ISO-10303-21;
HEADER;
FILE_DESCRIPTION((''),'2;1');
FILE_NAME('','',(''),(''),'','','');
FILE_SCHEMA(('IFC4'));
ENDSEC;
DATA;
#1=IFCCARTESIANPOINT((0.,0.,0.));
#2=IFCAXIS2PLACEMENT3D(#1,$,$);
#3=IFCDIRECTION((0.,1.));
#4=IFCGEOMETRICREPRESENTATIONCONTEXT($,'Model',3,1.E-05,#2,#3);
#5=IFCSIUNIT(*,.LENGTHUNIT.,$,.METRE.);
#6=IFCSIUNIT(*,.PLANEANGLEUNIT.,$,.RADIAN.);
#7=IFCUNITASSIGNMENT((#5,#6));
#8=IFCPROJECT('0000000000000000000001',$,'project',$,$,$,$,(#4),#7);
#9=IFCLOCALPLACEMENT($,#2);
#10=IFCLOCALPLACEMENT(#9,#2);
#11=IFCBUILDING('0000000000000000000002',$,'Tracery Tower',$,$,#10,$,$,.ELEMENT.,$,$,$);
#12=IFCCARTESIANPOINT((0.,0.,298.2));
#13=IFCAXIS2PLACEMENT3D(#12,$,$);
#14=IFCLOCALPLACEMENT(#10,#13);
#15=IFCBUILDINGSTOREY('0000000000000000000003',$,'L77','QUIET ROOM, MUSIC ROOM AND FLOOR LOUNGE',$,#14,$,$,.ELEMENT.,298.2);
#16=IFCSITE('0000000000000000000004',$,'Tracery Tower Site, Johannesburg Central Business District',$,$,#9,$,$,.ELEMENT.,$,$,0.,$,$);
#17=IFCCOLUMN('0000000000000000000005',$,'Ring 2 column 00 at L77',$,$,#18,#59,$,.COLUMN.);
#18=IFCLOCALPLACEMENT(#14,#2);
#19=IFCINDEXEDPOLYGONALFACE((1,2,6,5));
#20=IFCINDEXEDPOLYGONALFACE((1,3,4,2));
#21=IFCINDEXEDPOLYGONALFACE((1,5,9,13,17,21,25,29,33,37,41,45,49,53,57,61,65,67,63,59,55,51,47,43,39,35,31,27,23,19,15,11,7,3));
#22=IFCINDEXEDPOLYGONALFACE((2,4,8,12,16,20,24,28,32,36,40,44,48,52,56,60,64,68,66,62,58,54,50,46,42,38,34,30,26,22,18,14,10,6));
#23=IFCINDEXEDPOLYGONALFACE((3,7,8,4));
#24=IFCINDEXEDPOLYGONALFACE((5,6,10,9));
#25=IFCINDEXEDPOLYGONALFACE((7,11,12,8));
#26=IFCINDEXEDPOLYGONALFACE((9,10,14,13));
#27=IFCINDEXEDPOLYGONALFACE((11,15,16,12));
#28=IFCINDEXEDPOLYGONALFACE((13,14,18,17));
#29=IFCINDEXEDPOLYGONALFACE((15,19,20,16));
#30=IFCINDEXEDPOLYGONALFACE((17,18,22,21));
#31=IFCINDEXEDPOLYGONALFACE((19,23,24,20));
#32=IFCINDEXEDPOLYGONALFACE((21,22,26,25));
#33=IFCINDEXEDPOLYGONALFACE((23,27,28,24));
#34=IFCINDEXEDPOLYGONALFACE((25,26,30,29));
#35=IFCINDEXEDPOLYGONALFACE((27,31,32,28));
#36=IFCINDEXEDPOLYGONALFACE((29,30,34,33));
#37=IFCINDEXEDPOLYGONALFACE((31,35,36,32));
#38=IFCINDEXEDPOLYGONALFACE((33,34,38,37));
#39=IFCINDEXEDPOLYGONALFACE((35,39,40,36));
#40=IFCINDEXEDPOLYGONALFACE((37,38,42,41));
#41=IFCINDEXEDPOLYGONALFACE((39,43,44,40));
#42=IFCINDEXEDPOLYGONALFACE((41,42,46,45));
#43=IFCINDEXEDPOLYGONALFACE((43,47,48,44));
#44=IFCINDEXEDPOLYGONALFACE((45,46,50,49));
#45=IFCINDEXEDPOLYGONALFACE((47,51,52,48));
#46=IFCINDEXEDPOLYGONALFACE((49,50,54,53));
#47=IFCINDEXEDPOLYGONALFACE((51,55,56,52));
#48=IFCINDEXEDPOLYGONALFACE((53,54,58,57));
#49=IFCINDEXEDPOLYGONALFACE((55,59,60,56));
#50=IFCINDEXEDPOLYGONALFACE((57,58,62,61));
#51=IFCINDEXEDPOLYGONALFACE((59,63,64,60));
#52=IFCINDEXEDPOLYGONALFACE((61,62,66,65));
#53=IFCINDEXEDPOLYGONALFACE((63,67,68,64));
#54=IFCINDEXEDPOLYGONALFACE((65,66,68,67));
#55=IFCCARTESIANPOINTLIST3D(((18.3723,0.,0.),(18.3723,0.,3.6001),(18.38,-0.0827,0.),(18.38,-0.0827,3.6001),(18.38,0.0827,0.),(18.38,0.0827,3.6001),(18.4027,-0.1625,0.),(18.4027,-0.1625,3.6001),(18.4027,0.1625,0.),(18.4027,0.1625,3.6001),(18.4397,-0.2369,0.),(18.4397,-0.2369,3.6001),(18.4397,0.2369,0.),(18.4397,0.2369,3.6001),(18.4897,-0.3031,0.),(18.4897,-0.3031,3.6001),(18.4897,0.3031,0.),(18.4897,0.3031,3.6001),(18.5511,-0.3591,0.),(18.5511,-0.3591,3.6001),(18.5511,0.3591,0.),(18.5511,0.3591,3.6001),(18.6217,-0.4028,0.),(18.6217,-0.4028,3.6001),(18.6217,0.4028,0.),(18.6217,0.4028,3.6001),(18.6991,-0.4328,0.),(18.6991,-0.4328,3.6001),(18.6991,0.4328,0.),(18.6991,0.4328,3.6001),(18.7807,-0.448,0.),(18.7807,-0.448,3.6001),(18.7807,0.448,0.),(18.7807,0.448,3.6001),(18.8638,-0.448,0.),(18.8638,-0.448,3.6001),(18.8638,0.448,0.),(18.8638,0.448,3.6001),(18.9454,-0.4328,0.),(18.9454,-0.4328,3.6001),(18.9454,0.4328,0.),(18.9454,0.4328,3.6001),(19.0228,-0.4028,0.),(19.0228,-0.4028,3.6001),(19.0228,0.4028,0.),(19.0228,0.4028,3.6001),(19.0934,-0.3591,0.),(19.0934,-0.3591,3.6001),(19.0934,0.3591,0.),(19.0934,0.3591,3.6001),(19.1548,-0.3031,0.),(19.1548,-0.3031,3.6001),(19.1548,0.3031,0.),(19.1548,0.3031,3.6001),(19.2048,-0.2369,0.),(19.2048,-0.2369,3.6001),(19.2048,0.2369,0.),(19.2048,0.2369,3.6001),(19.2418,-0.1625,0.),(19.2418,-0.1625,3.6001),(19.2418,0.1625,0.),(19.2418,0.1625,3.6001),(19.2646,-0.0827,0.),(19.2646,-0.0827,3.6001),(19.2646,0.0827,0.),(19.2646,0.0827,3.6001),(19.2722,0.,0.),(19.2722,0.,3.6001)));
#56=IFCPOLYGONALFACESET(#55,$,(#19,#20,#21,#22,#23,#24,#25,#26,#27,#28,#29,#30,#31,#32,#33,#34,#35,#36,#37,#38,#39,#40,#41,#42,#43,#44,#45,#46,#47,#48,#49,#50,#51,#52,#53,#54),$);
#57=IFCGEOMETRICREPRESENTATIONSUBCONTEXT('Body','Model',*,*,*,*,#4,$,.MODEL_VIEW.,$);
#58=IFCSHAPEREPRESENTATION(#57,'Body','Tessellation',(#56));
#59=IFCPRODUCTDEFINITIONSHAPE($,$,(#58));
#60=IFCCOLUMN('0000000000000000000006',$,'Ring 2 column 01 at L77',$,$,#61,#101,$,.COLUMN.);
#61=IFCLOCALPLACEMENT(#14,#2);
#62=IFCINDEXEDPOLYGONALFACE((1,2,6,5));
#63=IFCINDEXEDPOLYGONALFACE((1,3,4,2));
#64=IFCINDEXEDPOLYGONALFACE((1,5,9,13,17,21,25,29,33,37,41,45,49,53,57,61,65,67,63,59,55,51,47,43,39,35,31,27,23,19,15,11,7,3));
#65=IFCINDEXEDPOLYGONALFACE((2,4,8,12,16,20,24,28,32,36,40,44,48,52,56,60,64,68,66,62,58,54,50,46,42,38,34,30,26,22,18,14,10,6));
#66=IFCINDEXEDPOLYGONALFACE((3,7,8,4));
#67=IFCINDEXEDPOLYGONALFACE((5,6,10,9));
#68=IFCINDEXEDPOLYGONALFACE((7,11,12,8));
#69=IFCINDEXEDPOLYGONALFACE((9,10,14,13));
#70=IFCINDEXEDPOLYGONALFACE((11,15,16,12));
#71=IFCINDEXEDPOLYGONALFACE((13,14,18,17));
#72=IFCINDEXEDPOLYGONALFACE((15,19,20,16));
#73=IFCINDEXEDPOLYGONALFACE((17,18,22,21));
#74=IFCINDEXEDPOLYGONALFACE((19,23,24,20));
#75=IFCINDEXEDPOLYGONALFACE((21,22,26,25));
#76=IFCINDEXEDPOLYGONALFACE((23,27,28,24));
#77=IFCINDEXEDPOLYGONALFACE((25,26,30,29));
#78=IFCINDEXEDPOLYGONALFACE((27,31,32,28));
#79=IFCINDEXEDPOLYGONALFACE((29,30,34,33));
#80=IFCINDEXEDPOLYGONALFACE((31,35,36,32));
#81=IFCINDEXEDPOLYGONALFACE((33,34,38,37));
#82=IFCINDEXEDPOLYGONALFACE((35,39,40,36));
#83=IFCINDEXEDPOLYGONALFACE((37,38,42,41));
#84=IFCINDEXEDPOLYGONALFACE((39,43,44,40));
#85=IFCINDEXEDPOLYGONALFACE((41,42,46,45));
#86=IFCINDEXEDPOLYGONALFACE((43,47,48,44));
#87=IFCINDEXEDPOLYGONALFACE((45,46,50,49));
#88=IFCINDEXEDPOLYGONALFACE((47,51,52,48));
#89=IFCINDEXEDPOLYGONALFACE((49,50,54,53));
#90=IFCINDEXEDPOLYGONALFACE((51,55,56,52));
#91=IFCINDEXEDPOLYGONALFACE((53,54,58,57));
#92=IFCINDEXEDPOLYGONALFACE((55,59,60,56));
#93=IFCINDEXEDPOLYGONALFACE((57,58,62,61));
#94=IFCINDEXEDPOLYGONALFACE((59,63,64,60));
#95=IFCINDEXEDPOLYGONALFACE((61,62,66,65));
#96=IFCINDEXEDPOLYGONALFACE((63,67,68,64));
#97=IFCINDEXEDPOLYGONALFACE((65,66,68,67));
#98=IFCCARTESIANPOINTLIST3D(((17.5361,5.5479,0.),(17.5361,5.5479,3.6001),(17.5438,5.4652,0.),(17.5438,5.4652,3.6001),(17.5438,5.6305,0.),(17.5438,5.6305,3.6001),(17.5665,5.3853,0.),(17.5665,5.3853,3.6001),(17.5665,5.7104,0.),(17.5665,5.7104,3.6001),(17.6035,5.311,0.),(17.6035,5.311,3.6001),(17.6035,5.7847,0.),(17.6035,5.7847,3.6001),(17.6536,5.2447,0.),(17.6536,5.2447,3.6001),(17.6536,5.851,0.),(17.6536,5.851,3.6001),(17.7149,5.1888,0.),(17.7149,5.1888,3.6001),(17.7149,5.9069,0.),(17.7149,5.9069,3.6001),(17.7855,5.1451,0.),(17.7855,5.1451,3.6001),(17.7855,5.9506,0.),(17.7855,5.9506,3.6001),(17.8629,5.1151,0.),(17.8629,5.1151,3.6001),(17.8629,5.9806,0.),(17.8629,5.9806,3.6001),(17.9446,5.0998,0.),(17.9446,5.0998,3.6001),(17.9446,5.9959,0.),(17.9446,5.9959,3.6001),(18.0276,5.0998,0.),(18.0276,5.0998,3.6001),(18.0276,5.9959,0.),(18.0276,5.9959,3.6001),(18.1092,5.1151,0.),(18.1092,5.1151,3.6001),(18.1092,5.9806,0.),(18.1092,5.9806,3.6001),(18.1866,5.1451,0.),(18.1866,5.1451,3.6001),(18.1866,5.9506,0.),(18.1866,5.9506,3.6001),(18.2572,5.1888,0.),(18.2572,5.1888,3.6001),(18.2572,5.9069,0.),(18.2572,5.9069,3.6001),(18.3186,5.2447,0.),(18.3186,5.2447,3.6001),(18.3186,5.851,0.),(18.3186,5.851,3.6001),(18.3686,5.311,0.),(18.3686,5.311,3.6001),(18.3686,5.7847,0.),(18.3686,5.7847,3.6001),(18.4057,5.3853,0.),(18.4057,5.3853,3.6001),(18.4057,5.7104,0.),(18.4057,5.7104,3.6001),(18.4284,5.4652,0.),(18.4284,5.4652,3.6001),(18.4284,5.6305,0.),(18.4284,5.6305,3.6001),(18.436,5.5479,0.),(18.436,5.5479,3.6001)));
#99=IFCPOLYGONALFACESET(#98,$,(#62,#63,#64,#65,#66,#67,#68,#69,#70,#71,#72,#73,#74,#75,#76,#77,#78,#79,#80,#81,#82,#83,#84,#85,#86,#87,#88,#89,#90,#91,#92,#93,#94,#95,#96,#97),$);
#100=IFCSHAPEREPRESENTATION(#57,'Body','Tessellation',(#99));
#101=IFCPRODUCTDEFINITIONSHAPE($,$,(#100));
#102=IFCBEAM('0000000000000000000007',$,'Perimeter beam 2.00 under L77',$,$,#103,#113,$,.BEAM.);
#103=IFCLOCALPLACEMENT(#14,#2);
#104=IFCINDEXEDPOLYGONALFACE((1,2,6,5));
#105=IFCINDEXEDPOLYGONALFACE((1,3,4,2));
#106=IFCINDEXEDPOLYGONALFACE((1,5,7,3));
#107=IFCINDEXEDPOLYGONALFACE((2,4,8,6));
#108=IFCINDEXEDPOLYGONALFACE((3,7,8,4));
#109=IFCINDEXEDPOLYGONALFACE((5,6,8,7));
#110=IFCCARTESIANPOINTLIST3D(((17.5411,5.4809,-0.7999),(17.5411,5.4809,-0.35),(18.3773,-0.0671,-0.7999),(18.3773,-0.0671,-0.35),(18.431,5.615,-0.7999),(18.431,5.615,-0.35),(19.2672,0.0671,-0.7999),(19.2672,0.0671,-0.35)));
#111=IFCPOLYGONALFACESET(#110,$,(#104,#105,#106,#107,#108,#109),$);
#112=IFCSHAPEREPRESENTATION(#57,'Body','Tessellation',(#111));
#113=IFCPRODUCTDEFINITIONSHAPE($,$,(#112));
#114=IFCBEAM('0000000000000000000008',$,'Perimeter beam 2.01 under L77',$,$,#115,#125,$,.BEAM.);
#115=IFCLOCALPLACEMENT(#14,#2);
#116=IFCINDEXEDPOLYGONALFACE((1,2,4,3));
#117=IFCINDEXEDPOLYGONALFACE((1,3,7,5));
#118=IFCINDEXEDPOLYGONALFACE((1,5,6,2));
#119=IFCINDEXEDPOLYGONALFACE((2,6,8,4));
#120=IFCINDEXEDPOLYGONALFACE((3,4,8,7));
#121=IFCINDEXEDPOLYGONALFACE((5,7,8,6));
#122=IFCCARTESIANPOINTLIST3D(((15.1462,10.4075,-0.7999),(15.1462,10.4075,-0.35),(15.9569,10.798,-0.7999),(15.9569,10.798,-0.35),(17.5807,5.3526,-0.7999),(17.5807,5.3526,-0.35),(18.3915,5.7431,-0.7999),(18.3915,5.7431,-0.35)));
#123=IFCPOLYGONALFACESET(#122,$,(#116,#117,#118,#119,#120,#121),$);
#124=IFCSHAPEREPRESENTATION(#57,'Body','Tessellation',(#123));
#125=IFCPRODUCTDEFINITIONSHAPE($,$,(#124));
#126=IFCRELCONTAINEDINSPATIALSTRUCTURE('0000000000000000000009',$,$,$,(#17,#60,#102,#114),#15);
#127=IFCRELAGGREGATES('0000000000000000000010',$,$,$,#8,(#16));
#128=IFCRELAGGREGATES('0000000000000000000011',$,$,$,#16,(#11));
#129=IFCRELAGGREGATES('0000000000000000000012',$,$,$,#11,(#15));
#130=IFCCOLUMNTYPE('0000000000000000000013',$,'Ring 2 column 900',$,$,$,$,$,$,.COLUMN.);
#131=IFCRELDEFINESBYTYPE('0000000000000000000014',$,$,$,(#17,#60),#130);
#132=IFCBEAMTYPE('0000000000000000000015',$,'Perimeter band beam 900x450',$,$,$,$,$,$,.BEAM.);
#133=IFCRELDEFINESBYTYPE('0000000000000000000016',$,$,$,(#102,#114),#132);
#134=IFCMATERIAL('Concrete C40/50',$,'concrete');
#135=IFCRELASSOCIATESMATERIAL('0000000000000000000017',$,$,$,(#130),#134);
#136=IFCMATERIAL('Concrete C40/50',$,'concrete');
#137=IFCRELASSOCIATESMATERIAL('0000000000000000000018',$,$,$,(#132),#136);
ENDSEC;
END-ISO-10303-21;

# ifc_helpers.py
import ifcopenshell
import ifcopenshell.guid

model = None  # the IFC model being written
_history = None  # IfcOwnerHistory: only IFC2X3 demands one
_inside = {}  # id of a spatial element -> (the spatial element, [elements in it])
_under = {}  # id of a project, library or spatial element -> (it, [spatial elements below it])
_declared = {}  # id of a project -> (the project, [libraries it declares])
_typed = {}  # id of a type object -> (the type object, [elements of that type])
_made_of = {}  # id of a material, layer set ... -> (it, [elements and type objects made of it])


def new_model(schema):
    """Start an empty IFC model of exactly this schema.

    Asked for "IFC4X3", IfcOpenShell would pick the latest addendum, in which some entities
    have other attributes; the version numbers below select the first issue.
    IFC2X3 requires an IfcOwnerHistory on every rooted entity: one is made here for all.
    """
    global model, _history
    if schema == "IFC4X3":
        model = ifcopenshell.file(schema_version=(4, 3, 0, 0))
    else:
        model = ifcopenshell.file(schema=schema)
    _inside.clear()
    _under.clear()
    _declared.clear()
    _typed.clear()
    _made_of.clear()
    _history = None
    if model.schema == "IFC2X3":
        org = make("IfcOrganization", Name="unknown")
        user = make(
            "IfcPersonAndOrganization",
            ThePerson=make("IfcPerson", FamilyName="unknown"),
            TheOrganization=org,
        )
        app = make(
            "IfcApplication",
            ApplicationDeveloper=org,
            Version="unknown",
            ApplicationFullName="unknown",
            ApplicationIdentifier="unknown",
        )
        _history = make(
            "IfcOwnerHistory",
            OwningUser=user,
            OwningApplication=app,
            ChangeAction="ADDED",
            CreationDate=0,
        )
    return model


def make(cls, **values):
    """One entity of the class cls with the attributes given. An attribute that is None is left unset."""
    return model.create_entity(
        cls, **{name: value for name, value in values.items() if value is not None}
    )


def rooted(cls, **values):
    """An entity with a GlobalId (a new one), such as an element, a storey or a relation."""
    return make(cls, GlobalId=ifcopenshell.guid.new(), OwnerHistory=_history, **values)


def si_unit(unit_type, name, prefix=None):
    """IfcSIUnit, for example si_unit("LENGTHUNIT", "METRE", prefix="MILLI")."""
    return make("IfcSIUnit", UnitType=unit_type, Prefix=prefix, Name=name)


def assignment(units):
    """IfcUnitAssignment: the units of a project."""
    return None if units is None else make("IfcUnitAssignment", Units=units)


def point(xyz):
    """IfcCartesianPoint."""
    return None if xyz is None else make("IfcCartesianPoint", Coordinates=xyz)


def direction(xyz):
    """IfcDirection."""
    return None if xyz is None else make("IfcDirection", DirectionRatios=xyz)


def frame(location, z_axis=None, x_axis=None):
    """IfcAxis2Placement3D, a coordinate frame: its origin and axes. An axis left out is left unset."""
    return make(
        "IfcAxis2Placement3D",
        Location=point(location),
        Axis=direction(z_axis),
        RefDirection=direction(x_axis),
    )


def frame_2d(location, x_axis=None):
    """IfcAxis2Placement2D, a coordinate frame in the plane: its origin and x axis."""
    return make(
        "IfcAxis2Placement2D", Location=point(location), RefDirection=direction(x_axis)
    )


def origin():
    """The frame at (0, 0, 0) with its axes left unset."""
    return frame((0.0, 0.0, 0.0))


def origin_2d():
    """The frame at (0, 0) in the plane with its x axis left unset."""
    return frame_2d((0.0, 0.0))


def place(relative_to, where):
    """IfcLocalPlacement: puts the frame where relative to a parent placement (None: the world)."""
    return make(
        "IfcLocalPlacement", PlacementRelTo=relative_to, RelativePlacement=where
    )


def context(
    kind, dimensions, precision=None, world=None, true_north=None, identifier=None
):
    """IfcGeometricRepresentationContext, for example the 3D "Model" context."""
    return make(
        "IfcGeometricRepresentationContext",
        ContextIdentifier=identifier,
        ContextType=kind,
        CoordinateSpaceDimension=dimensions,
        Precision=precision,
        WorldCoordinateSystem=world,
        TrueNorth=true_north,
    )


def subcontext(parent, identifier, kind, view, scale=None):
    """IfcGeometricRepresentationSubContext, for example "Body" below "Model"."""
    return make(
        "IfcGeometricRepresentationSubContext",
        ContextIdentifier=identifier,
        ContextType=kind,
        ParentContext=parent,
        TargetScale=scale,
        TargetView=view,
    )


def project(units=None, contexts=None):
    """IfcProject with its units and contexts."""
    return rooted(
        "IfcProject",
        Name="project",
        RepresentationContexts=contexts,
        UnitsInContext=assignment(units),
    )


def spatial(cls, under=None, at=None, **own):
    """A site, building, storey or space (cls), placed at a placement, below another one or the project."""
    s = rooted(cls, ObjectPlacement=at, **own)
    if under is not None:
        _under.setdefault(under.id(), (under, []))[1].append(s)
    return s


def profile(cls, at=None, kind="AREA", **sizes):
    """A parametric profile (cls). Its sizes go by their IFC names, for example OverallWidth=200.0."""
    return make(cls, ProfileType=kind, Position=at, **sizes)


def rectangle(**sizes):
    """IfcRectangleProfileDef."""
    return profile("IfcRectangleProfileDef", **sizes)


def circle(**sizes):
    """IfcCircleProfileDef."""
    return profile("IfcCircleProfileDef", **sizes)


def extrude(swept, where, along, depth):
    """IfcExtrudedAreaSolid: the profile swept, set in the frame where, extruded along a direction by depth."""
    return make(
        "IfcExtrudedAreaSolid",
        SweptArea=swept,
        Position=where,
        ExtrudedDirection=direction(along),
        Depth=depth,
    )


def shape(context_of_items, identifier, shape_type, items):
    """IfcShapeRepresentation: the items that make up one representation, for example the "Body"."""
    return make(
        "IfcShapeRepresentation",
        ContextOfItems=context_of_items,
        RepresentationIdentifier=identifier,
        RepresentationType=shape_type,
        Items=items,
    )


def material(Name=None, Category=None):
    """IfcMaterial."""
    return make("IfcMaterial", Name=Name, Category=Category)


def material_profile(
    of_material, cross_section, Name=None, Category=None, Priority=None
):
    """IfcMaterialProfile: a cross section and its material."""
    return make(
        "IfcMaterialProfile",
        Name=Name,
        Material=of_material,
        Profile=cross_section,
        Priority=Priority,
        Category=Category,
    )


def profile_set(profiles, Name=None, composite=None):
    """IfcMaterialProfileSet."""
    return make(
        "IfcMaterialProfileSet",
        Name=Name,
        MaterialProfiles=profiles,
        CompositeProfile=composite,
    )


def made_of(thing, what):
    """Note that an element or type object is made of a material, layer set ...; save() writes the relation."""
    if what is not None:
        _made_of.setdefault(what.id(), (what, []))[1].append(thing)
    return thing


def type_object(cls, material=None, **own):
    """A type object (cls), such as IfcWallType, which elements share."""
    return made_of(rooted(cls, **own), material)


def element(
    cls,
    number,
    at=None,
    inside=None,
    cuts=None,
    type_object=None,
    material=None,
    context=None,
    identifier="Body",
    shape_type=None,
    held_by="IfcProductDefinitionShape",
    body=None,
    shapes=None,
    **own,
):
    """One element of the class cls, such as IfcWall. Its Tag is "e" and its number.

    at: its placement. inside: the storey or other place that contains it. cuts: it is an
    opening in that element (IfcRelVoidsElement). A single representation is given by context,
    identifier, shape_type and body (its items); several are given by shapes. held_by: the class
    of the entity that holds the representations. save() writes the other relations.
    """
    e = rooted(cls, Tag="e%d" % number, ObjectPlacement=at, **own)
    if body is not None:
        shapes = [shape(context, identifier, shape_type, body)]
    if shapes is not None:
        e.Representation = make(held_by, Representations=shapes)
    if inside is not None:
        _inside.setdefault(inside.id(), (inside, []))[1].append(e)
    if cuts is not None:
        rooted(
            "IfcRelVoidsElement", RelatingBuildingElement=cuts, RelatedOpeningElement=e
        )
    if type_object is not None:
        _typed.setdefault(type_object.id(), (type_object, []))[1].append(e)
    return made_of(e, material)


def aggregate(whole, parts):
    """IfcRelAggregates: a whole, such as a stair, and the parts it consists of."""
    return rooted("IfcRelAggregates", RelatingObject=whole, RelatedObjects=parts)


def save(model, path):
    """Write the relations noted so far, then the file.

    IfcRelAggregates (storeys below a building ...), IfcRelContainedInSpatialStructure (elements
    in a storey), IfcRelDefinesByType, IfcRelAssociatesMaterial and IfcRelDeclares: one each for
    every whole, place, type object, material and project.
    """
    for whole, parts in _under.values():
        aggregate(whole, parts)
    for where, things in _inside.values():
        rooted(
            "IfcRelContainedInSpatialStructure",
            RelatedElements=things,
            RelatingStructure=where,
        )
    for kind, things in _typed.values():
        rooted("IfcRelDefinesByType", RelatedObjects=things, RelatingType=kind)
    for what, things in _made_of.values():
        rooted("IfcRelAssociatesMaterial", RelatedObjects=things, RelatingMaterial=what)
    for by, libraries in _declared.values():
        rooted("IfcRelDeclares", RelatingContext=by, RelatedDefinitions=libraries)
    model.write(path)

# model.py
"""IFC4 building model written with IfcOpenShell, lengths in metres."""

from ifc_helpers import new_model, si_unit, direction, frame, origin, origin_2d, place, context, subcontext, project, spatial, rectangle, circle, extrude, material, material_profile, profile_set, type_object, element, save


model = new_model("IFC4")

# Units and contexts
model_context = context("Model", 3, precision=1e-05, world=origin(), true_north=direction((0.0, 1.0)))
body_context = subcontext(model_context, "Body", "Model", "MODEL_VIEW")
ifc_project = project(units=[si_unit("LENGTHUNIT", "METRE"), si_unit("PLANEANGLEUNIT", "RADIAN")], contexts=[model_context])

# Site, building, storey
site_placement = place(None, origin())
site = spatial("IfcSite", under=ifc_project, at=site_placement, Name="Tracery Tower Site, Johannesburg Central Business District", CompositionType="ELEMENT", RefElevation=0.0)
building_placement = place(site_placement, origin())
building = spatial("IfcBuilding", under=site, at=building_placement, Name="Tracery Tower", CompositionType="ELEMENT")
storey_placement = place(building_placement, frame((0.0, 0.0, 298.2)))
storey = spatial("IfcBuildingStorey", under=building, at=storey_placement, Name="L77", Description="QUIET ROOM, MUSIC ROOM AND FLOOR LOUNGE", CompositionType="ELEMENT", Elevation=298.2)

# Columns
ifc_material_1 = material(Name="Concrete C40/50", Category="concrete")
ifc_material_profile_1 = material_profile(ifc_material_1, circle(Radius=0.45, at=origin_2d()), Name="RC D900")
ifc_profile_set_1 = profile_set([ifc_material_profile_1], Name="Concrete C40/50")
column_type = type_object("IfcColumnType", Name="Ring 2 column 900", PredefinedType="COLUMN", material=ifc_profile_set_1)
for number, where, z_axis, x_axis, name in (
    (1, (18.8223, 0.0, 0.0), (0.0, 0.0, 1.0), (1.0, 0.0, 0.0), "Ring 2 column 00 at L77"),
    (2, (17.9861, 5.5479, 0.0), (0.0, 0.0, 1.0), (1.0, 0.0, 0.0), "Ring 2 column 01 at L77"),
):
    element("IfcColumn", number, at=place(storey_placement, frame(where, z_axis=z_axis, x_axis=x_axis)), inside=storey, type_object=column_type, Name=name, PredefinedType="COLUMN", context=body_context, shape_type="SweptSolid", body=[
        extrude(circle(Radius=0.45, at=origin_2d()), origin(), (0.0, 0.0, 1.0), 3.6001),
    ])

# Beams
ifc_material_2 = material(Name="Concrete C40/50", Category="concrete")
ifc_material_profile_2 = material_profile(ifc_material_2, rectangle(XDim=0.8999, YDim=0.45, at=origin_2d()), Name="RC 900x450")
ifc_profile_set_2 = profile_set([ifc_material_profile_2], Name="Concrete C40/50")
beam_type = type_object("IfcBeamType", Name="Perimeter band beam 900x450", PredefinedType="BEAM", material=ifc_profile_set_2)
for number, where, z_axis, x_axis, name in (
    (3, (18.8223, 0.0, -0.575), (-0.149038, 0.988831, 0.0), (-0.988831, -0.149038, 0.0), "Perimeter beam 2.00 under L77"),
    (4, (17.9861, 5.5479, -0.575), (-0.433919, 0.900952, 0.0), (-0.900952, -0.433919, 0.0), "Perimeter beam 2.01 under L77"),
):
    element("IfcBeam", number, at=place(storey_placement, frame(where, z_axis=z_axis, x_axis=x_axis)), inside=storey, type_object=beam_type, Name=name, PredefinedType="BEAM", context=body_context, shape_type="SweptSolid", body=[
        extrude(rectangle(XDim=0.8999, YDim=0.45, at=origin_2d()), origin(), (0.0, 0.0, 1.0), 5.6106),
    ])

save(model, "model.ifc")
